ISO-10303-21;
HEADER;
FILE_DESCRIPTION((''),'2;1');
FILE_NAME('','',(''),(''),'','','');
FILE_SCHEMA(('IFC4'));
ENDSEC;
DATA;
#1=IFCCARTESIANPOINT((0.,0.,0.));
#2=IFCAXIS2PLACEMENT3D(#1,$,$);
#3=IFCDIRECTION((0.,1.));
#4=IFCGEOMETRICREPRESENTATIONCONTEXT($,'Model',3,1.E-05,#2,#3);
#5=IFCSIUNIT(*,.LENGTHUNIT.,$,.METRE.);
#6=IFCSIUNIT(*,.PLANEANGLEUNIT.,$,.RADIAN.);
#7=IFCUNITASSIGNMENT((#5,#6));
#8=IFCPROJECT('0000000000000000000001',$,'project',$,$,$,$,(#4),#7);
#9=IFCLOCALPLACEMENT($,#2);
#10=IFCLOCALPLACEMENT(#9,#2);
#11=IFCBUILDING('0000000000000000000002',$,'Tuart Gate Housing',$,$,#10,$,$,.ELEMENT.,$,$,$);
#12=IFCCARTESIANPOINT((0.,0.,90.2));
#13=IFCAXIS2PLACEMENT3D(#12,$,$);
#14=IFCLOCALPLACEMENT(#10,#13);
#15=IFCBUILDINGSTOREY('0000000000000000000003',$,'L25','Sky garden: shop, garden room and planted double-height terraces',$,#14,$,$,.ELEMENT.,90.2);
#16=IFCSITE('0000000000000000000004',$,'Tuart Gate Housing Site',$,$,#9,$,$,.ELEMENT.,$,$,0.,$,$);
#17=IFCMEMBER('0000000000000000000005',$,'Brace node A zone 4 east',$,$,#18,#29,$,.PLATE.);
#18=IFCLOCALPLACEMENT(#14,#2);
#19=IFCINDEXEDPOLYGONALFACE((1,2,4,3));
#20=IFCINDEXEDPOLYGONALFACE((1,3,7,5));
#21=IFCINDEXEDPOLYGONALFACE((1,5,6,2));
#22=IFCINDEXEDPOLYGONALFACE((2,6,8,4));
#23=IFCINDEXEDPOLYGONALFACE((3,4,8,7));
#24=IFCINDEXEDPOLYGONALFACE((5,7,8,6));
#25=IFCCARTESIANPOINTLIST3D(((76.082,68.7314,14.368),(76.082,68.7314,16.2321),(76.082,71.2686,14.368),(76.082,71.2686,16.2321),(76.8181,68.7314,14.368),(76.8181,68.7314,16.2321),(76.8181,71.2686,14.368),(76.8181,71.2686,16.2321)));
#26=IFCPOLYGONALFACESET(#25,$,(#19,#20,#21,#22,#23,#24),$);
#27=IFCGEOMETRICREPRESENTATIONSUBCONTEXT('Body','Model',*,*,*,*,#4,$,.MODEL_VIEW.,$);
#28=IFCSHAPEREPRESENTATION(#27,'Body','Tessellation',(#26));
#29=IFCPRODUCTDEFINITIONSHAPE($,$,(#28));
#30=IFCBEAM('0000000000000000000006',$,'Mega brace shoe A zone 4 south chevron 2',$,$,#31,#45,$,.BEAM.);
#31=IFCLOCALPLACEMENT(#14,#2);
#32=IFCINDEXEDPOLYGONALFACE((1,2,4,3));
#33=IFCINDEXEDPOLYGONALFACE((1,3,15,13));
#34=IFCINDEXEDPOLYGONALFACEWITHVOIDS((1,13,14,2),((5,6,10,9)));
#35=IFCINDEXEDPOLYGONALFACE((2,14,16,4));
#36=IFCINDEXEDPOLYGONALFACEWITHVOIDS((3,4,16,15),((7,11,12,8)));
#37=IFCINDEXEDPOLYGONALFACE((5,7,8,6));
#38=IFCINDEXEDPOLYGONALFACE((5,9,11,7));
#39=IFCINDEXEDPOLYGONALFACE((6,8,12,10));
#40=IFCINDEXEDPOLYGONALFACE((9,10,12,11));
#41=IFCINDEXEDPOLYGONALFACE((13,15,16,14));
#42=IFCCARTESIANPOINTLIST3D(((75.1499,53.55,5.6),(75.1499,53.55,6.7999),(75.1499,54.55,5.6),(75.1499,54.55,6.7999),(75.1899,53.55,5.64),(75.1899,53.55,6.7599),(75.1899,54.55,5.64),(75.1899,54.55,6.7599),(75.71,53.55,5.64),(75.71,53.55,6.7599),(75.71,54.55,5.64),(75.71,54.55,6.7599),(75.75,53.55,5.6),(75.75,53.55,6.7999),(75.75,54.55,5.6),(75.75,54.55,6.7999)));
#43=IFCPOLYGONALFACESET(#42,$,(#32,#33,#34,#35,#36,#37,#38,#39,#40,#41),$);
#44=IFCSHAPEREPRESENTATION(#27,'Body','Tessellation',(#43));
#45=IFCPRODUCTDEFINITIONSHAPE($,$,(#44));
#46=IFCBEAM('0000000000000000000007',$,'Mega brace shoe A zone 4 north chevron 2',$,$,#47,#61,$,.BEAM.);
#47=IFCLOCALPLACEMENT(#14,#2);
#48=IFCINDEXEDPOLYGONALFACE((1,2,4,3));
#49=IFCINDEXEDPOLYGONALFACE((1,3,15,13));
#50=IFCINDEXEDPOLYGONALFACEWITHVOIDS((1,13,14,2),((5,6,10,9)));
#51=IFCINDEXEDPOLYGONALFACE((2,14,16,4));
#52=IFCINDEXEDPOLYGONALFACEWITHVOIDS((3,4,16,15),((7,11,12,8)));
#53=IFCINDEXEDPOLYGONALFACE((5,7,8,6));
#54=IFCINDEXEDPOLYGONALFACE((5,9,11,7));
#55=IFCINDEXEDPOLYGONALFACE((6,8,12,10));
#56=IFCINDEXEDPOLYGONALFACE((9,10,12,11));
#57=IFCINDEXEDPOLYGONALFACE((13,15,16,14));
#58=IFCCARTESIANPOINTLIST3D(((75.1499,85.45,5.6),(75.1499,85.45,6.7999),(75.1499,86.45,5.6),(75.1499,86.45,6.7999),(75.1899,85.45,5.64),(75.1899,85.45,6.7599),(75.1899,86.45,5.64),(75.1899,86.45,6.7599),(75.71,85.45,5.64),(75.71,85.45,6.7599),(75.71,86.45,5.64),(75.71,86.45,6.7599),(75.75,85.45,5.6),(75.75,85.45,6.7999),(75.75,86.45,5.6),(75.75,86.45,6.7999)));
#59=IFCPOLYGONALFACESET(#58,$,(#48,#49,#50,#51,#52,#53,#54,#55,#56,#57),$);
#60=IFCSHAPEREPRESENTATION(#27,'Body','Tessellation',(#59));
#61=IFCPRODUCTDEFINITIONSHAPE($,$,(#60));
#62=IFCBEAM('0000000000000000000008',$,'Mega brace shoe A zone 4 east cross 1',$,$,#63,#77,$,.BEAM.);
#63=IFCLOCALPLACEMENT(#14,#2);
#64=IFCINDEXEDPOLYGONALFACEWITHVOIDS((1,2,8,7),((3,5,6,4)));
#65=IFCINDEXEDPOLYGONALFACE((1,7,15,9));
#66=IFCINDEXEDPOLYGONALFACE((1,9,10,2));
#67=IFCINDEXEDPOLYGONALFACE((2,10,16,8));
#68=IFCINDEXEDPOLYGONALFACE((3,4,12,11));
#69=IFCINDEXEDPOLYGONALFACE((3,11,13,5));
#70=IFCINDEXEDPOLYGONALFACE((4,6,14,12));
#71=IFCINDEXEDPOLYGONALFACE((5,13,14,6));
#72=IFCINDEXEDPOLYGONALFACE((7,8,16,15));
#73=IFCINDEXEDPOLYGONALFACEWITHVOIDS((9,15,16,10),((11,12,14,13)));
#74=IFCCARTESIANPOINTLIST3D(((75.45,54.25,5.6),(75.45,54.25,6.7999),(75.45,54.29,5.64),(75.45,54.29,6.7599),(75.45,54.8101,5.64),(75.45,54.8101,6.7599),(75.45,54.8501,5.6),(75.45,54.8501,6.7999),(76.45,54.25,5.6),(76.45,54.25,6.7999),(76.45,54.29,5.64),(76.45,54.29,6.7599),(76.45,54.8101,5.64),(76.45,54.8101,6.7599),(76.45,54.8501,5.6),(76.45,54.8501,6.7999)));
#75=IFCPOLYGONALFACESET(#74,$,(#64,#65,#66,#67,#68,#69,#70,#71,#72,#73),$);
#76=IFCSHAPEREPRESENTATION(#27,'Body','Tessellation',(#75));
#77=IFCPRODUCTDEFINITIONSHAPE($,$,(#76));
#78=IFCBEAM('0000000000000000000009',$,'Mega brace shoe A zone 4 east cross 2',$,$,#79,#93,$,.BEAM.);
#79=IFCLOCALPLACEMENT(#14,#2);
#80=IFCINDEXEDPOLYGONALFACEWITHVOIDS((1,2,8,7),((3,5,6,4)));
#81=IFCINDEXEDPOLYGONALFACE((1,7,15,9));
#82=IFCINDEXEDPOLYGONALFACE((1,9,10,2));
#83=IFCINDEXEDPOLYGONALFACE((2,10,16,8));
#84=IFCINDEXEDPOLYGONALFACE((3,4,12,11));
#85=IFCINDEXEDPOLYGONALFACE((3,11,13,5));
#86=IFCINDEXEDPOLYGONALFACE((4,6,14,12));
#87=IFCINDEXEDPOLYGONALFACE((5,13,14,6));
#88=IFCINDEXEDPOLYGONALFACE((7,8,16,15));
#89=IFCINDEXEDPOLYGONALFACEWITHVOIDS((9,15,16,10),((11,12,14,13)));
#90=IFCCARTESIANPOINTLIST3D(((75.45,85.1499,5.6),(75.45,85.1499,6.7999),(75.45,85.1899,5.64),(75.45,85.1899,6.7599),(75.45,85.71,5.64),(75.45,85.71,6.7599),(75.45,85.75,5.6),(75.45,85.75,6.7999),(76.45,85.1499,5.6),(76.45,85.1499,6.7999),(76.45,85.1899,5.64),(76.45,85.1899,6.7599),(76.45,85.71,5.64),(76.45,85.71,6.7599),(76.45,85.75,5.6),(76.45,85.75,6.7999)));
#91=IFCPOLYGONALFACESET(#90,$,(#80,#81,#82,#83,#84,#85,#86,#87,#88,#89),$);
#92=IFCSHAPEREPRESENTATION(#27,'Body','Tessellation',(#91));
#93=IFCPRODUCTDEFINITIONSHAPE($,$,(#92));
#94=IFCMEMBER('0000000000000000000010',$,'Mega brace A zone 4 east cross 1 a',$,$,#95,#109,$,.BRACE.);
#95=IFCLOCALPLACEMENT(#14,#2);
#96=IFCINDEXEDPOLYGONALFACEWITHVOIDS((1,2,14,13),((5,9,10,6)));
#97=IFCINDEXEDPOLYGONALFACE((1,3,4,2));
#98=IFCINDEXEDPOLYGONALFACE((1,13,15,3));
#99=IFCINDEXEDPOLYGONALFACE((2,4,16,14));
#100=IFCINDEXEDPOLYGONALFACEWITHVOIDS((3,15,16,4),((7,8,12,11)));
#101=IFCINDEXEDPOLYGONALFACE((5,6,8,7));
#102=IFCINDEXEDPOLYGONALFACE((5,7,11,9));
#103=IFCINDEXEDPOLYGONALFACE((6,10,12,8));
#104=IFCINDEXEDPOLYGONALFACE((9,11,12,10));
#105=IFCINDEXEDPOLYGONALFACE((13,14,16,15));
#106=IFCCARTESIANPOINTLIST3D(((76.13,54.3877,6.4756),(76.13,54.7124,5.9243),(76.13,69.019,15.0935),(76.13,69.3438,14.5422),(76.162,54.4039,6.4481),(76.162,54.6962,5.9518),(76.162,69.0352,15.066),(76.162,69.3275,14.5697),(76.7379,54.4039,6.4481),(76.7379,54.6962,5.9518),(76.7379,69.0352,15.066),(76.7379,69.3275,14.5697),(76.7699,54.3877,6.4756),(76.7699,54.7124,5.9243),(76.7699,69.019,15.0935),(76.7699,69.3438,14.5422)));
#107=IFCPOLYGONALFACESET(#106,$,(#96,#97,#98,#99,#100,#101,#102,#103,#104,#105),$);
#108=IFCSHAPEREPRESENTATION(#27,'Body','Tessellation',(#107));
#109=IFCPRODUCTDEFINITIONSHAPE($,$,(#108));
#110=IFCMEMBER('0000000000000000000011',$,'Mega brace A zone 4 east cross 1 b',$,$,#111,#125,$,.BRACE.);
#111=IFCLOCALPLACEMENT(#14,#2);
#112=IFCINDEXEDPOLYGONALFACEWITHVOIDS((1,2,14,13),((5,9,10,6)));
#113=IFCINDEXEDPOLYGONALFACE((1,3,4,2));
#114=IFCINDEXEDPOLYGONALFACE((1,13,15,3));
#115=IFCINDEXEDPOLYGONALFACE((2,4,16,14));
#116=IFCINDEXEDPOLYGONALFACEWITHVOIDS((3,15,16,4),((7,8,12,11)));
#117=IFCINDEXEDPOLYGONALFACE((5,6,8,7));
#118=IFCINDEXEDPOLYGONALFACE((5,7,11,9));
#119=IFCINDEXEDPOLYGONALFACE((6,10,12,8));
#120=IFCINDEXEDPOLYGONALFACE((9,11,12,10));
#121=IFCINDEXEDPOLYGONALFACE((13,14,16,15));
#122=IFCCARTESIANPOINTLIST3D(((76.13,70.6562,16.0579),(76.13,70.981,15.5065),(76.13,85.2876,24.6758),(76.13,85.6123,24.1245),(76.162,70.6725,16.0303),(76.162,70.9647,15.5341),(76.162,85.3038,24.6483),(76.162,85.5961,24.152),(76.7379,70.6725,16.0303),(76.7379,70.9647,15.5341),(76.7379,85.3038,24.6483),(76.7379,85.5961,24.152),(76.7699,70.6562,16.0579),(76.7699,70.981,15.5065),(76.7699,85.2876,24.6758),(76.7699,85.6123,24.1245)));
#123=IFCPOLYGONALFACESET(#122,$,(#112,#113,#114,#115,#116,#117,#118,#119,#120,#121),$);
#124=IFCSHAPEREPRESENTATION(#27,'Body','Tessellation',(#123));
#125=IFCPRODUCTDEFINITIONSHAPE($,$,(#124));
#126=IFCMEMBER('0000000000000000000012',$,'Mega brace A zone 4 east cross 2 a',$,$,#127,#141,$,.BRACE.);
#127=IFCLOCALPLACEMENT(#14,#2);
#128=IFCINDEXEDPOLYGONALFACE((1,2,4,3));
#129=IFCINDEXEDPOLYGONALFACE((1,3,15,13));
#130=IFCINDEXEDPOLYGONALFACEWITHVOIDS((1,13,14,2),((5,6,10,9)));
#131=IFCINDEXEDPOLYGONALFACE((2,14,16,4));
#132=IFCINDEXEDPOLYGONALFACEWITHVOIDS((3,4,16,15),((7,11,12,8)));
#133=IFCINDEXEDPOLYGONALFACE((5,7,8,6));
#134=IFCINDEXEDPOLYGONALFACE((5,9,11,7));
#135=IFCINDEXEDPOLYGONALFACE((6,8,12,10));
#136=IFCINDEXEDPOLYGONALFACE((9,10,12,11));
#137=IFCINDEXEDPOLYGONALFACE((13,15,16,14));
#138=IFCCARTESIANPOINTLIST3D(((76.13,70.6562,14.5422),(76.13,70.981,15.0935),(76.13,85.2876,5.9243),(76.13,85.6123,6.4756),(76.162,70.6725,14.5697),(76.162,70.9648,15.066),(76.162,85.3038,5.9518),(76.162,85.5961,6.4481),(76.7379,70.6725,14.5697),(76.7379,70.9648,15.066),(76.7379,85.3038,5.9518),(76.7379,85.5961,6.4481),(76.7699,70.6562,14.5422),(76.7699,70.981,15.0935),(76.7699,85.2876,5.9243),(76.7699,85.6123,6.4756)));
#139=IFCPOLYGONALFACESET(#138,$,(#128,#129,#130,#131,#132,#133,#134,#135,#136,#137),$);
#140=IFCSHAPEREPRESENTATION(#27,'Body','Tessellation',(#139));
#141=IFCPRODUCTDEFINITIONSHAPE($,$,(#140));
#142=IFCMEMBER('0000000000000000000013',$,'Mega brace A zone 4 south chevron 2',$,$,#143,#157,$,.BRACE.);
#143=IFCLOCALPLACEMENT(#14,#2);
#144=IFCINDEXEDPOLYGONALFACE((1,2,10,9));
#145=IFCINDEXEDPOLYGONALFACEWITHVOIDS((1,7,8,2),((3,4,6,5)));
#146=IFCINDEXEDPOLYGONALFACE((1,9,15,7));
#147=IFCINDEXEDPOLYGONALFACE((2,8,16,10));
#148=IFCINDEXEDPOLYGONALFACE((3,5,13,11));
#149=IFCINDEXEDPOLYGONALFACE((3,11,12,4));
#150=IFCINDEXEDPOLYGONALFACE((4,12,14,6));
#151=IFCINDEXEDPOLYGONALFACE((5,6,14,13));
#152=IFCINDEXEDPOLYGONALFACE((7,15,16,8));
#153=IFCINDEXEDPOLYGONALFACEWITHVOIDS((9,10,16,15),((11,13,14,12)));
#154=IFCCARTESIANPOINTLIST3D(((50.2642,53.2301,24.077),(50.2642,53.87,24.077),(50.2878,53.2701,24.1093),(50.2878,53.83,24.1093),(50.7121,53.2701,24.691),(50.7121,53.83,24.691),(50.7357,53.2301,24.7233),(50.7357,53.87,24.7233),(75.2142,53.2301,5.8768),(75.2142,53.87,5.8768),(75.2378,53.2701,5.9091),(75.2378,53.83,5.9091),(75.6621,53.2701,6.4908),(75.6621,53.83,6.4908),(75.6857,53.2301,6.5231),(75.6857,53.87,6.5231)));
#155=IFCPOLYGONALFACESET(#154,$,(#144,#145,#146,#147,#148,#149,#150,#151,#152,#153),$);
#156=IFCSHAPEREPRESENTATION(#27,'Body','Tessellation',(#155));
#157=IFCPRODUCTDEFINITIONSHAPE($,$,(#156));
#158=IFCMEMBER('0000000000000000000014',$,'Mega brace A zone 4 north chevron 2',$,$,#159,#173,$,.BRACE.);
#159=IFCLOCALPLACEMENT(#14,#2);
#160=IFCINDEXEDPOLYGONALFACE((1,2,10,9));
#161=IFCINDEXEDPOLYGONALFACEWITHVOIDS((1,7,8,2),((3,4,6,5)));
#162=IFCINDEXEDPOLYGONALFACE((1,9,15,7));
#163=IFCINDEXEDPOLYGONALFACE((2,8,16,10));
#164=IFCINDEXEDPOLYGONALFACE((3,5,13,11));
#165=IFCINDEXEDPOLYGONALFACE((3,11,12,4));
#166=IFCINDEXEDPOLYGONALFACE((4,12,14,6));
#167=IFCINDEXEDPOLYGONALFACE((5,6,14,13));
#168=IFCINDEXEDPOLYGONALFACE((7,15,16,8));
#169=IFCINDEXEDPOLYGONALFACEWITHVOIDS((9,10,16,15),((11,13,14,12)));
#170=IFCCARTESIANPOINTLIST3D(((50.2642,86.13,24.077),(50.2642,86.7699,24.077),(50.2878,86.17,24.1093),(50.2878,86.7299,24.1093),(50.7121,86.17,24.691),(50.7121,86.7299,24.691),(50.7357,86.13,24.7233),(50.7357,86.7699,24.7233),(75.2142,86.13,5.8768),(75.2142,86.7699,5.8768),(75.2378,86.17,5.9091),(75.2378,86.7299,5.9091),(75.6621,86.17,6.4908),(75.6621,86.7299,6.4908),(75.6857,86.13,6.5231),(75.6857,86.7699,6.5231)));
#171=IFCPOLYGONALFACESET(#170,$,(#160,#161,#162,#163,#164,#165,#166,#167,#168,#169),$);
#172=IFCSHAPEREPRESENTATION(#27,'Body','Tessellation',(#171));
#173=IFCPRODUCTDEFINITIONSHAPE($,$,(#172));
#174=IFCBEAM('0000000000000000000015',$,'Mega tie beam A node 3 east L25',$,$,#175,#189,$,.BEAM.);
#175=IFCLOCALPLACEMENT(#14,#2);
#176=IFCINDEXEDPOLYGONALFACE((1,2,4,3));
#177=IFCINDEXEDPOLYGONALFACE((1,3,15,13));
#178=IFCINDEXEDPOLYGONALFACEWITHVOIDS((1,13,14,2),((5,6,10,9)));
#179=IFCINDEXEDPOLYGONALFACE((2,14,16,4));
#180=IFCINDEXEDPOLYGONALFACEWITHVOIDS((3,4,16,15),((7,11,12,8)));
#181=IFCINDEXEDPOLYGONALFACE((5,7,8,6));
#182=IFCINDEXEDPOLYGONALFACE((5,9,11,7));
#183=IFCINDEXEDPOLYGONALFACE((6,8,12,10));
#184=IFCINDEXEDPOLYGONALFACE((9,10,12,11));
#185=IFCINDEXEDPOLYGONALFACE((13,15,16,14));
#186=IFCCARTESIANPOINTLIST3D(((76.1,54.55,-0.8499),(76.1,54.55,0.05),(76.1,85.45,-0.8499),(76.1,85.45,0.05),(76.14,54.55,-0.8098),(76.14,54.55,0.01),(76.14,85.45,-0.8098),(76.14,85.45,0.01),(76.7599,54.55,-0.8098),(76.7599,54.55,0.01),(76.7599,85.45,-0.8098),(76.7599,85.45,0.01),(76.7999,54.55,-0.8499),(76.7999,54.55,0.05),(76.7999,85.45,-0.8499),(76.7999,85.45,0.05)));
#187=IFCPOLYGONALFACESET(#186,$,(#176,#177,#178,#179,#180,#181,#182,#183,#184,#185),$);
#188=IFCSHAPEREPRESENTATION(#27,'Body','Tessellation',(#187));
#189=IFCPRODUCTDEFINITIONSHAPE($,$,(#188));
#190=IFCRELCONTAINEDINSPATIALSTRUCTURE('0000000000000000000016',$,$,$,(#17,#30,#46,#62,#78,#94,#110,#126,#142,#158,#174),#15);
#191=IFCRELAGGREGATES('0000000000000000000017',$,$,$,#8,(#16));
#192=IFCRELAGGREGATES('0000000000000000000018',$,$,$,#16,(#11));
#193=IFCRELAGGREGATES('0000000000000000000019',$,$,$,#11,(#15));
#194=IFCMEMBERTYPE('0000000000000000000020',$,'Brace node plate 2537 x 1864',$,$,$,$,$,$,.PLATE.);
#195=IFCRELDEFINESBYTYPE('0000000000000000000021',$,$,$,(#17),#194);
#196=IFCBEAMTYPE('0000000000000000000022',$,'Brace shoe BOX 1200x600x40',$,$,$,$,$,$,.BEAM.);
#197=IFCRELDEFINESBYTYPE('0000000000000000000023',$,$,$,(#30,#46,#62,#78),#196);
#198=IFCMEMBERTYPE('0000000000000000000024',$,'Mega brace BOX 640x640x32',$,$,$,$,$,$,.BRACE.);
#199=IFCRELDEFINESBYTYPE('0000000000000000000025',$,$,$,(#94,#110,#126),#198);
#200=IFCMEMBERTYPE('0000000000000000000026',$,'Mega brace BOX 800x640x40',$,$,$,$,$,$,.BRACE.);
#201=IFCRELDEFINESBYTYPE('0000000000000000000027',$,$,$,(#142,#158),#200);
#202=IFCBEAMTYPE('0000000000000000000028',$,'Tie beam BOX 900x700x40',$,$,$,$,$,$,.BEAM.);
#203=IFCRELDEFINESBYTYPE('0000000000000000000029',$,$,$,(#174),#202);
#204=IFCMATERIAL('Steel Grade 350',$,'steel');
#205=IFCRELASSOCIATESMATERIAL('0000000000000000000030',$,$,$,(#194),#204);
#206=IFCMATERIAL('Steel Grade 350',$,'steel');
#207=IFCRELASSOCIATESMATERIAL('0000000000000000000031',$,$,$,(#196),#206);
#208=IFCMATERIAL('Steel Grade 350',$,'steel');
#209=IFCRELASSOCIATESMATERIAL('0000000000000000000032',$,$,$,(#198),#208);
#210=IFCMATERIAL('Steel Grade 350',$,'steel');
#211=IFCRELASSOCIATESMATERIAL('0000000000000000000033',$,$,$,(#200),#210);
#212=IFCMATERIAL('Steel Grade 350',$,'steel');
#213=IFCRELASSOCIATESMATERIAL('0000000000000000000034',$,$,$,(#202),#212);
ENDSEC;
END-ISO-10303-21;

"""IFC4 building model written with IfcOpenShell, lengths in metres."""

from ifc_helpers import new_model, si_unit, direction, frame, origin, origin_2d, place, context, subcontext, project, spatial, rectangle, hollow_rectangle, extrude, material, material_profile, profile_set, type_object, element, save


model = new_model("IFC4")

# Units and contexts
model_context = context("Model", 3, precision=1e-05, world=origin(), true_north=direction((0.0, 1.0)))
body_context = subcontext(model_context, "Body", "Model", "MODEL_VIEW")
ifc_project = project(units=[si_unit("LENGTHUNIT", "METRE"), si_unit("PLANEANGLEUNIT", "RADIAN")], contexts=[model_context])

# Site, building, storey
site_placement = place(None, origin())
site = spatial("IfcSite", under=ifc_project, at=site_placement, Name="Tuart Gate Housing Site", CompositionType="ELEMENT", RefElevation=0.0)
building_placement = place(site_placement, origin())
building = spatial("IfcBuilding", under=site, at=building_placement, Name="Tuart Gate Housing", CompositionType="ELEMENT")
storey_placement = place(building_placement, frame((0.0, 0.0, 90.2)))
storey = spatial("IfcBuildingStorey", under=building, at=storey_placement, Name="L25", Description="Sky garden: shop, garden room and planted double-height terraces", CompositionType="ELEMENT", Elevation=90.2)

# Member
ifc_material_1 = material(Name="Steel Grade 350", Category="steel")
ifc_material_profile_1 = material_profile(ifc_material_1, rectangle(XDim=2.5371, YDim=1.864, at=origin_2d()), Name="Brace node plate 2537 x 1864")
ifc_profile_set_1 = profile_set([ifc_material_profile_1], Name="Steel Grade 350")
member_type_1 = type_object("IfcMemberType", Name="Brace node plate 2537 x 1864", PredefinedType="PLATE", material=ifc_profile_set_1)
member_placement = place(storey_placement, frame((76.082, 70.0, 15.3), z_axis=(1.0, 0.0, 0.0), x_axis=(0.0, 1.0, 0.0)))
element("IfcMember", 1, at=member_placement, inside=storey, type_object=member_type_1, Name="Brace node A zone 4 east", PredefinedType="PLATE", context=body_context, shape_type="SweptSolid", body=[
    extrude(rectangle(XDim=2.5371, YDim=1.864, at=origin_2d()), origin(), (0.0, 0.0, 1.0), 0.7361),
])

# Beams
ifc_material_2 = material(Name="Steel Grade 350", Category="steel")
ifc_material_profile_2 = material_profile(ifc_material_2, hollow_rectangle(XDim=0.6001, YDim=1.2, WallThickness=0.04, at=origin_2d()), Name="BOX 1200x600x40")
ifc_profile_set_2 = profile_set([ifc_material_profile_2], Name="Steel Grade 350")
beam_type_1 = type_object("IfcBeamType", Name="Brace shoe BOX 1200x600x40", PredefinedType="BEAM", material=ifc_profile_set_2)
for number, where, z_axis, x_axis, name in (
    (2, (75.45, 54.55, 6.2), (0.0, -1.0, 0.0), (1.0, 0.0, 0.0), "Mega brace shoe A zone 4 south chevron 2"),
    (3, (75.45, 85.45, 6.2), (0.0, 1.0, 0.0), (-1.0, 0.0, 0.0), "Mega brace shoe A zone 4 north chevron 2"),
    (4, (75.45, 54.55, 6.2), (1.0, 0.0, 0.0), (0.0, 1.0, 0.0), "Mega brace shoe A zone 4 east cross 1"),
    (5, (75.45, 85.45, 6.2), (1.0, 0.0, 0.0), (0.0, 1.0, 0.0), "Mega brace shoe A zone 4 east cross 2"),
):
    element("IfcBeam", number, at=place(storey_placement, frame(where, z_axis=z_axis, x_axis=x_axis)), inside=storey, type_object=beam_type_1, Name=name, PredefinedType="BEAM", context=body_context, shape_type="SweptSolid", body=[
        extrude(hollow_rectangle(XDim=0.6001, YDim=1.2, WallThickness=0.04, at=origin_2d()), origin(), (0.0, 0.0, 1.0), 1.0),
    ])

# Members
ifc_material_3 = material(Name="Steel Grade 350", Category="steel")
ifc_material_profile_3 = material_profile(ifc_material_3, hollow_rectangle(XDim=0.6399, YDim=0.6399, WallThickness=0.032, at=origin_2d()), Name="BOX 640x640x32")
ifc_profile_set_3 = profile_set([ifc_material_profile_3], Name="Steel Grade 350")
member_type_2 = type_object("IfcMemberType", Name="Mega brace BOX 640x640x32", PredefinedType="BRACE", material=ifc_profile_set_3)
for number, where, z_axis, x_axis, name in (
    (6, (76.45, 54.55, 6.2), (0.0, 0.861645, 0.507512), (-1.0, 0.0, 0.0), "Mega brace A zone 4 east cross 1 a"),
    (7, (76.45, 70.8186, 15.7822), (0.0, 0.861645, 0.507512), (-1.0, 0.0, 0.0), "Mega brace A zone 4 east cross 1 b"),
    (8, (76.45, 85.45, 6.2), (0.0, -0.861645, 0.507512), (1.0, 0.0, 0.0), "Mega brace A zone 4 east cross 2 a"),
):
    element("IfcMember", number, at=place(storey_placement, frame(where, z_axis=z_axis, x_axis=x_axis)), inside=storey, type_object=member_type_2, Name=name, PredefinedType="BRACE", context=body_context, shape_type="SweptSolid", body=[
        extrude(hollow_rectangle(XDim=0.6399, YDim=0.6399, WallThickness=0.032, at=origin_2d()), origin(), (0.0, 0.0, 1.0), 16.9807),
    ])
ifc_material_4 = material(Name="Steel Grade 350", Category="steel")
ifc_material_profile_4 = material_profile(ifc_material_4, hollow_rectangle(XDim=0.6399, YDim=0.8, WallThickness=0.04, at=origin_2d()), Name="BOX 800x640x40")
ifc_profile_set_4 = profile_set([ifc_material_profile_4], Name="Steel Grade 350")
member_type_3 = type_object("IfcMemberType", Name="Mega brace BOX 800x640x40", PredefinedType="BRACE", material=ifc_profile_set_4)
for number, where, z_axis, x_axis, name in (
    (9, (75.45, 53.55, 6.2), (-0.807892, 0.0, 0.589331), (0.0, -1.0, 0.0), "Mega brace A zone 4 south chevron 2"),
    (10, (75.45, 86.45, 6.2), (-0.807892, 0.0, 0.589331), (0.0, -1.0, 0.0), "Mega brace A zone 4 north chevron 2"),
):
    element("IfcMember", number, at=place(storey_placement, frame(where, z_axis=z_axis, x_axis=x_axis)), inside=storey, type_object=member_type_3, Name=name, PredefinedType="BRACE", context=body_context, shape_type="SweptSolid", body=[
        extrude(hollow_rectangle(XDim=0.6399, YDim=0.8, WallThickness=0.04, at=origin_2d()), origin(), (0.0, 0.0, 1.0), 30.8828),
    ])

# Beam
ifc_material_5 = material(Name="Steel Grade 350", Category="steel")
ifc_material_profile_5 = material_profile(ifc_material_5, hollow_rectangle(XDim=0.7, YDim=0.8999, WallThickness=0.04, at=origin_2d()), Name="BOX 900x700x40")
ifc_profile_set_5 = profile_set([ifc_material_profile_5], Name="Steel Grade 350")
beam_type_2 = type_object("IfcBeamType", Name="Tie beam BOX 900x700x40", PredefinedType="BEAM", material=ifc_profile_set_5)
beam_placement = place(storey_placement, frame((76.45, 54.55, -0.3999), z_axis=(0.0, 1.0, 0.0), x_axis=(-1.0, 0.0, 0.0)))
element("IfcBeam", 11, at=beam_placement, inside=storey, type_object=beam_type_2, Name="Mega tie beam A node 3 east L25", PredefinedType="BEAM", context=body_context, shape_type="SweptSolid", body=[
    extrude(hollow_rectangle(XDim=0.7, YDim=0.8999, WallThickness=0.04, at=origin_2d()), origin(), (0.0, 0.0, 1.0), 30.8999),
])

save(model, "model.ifc")
